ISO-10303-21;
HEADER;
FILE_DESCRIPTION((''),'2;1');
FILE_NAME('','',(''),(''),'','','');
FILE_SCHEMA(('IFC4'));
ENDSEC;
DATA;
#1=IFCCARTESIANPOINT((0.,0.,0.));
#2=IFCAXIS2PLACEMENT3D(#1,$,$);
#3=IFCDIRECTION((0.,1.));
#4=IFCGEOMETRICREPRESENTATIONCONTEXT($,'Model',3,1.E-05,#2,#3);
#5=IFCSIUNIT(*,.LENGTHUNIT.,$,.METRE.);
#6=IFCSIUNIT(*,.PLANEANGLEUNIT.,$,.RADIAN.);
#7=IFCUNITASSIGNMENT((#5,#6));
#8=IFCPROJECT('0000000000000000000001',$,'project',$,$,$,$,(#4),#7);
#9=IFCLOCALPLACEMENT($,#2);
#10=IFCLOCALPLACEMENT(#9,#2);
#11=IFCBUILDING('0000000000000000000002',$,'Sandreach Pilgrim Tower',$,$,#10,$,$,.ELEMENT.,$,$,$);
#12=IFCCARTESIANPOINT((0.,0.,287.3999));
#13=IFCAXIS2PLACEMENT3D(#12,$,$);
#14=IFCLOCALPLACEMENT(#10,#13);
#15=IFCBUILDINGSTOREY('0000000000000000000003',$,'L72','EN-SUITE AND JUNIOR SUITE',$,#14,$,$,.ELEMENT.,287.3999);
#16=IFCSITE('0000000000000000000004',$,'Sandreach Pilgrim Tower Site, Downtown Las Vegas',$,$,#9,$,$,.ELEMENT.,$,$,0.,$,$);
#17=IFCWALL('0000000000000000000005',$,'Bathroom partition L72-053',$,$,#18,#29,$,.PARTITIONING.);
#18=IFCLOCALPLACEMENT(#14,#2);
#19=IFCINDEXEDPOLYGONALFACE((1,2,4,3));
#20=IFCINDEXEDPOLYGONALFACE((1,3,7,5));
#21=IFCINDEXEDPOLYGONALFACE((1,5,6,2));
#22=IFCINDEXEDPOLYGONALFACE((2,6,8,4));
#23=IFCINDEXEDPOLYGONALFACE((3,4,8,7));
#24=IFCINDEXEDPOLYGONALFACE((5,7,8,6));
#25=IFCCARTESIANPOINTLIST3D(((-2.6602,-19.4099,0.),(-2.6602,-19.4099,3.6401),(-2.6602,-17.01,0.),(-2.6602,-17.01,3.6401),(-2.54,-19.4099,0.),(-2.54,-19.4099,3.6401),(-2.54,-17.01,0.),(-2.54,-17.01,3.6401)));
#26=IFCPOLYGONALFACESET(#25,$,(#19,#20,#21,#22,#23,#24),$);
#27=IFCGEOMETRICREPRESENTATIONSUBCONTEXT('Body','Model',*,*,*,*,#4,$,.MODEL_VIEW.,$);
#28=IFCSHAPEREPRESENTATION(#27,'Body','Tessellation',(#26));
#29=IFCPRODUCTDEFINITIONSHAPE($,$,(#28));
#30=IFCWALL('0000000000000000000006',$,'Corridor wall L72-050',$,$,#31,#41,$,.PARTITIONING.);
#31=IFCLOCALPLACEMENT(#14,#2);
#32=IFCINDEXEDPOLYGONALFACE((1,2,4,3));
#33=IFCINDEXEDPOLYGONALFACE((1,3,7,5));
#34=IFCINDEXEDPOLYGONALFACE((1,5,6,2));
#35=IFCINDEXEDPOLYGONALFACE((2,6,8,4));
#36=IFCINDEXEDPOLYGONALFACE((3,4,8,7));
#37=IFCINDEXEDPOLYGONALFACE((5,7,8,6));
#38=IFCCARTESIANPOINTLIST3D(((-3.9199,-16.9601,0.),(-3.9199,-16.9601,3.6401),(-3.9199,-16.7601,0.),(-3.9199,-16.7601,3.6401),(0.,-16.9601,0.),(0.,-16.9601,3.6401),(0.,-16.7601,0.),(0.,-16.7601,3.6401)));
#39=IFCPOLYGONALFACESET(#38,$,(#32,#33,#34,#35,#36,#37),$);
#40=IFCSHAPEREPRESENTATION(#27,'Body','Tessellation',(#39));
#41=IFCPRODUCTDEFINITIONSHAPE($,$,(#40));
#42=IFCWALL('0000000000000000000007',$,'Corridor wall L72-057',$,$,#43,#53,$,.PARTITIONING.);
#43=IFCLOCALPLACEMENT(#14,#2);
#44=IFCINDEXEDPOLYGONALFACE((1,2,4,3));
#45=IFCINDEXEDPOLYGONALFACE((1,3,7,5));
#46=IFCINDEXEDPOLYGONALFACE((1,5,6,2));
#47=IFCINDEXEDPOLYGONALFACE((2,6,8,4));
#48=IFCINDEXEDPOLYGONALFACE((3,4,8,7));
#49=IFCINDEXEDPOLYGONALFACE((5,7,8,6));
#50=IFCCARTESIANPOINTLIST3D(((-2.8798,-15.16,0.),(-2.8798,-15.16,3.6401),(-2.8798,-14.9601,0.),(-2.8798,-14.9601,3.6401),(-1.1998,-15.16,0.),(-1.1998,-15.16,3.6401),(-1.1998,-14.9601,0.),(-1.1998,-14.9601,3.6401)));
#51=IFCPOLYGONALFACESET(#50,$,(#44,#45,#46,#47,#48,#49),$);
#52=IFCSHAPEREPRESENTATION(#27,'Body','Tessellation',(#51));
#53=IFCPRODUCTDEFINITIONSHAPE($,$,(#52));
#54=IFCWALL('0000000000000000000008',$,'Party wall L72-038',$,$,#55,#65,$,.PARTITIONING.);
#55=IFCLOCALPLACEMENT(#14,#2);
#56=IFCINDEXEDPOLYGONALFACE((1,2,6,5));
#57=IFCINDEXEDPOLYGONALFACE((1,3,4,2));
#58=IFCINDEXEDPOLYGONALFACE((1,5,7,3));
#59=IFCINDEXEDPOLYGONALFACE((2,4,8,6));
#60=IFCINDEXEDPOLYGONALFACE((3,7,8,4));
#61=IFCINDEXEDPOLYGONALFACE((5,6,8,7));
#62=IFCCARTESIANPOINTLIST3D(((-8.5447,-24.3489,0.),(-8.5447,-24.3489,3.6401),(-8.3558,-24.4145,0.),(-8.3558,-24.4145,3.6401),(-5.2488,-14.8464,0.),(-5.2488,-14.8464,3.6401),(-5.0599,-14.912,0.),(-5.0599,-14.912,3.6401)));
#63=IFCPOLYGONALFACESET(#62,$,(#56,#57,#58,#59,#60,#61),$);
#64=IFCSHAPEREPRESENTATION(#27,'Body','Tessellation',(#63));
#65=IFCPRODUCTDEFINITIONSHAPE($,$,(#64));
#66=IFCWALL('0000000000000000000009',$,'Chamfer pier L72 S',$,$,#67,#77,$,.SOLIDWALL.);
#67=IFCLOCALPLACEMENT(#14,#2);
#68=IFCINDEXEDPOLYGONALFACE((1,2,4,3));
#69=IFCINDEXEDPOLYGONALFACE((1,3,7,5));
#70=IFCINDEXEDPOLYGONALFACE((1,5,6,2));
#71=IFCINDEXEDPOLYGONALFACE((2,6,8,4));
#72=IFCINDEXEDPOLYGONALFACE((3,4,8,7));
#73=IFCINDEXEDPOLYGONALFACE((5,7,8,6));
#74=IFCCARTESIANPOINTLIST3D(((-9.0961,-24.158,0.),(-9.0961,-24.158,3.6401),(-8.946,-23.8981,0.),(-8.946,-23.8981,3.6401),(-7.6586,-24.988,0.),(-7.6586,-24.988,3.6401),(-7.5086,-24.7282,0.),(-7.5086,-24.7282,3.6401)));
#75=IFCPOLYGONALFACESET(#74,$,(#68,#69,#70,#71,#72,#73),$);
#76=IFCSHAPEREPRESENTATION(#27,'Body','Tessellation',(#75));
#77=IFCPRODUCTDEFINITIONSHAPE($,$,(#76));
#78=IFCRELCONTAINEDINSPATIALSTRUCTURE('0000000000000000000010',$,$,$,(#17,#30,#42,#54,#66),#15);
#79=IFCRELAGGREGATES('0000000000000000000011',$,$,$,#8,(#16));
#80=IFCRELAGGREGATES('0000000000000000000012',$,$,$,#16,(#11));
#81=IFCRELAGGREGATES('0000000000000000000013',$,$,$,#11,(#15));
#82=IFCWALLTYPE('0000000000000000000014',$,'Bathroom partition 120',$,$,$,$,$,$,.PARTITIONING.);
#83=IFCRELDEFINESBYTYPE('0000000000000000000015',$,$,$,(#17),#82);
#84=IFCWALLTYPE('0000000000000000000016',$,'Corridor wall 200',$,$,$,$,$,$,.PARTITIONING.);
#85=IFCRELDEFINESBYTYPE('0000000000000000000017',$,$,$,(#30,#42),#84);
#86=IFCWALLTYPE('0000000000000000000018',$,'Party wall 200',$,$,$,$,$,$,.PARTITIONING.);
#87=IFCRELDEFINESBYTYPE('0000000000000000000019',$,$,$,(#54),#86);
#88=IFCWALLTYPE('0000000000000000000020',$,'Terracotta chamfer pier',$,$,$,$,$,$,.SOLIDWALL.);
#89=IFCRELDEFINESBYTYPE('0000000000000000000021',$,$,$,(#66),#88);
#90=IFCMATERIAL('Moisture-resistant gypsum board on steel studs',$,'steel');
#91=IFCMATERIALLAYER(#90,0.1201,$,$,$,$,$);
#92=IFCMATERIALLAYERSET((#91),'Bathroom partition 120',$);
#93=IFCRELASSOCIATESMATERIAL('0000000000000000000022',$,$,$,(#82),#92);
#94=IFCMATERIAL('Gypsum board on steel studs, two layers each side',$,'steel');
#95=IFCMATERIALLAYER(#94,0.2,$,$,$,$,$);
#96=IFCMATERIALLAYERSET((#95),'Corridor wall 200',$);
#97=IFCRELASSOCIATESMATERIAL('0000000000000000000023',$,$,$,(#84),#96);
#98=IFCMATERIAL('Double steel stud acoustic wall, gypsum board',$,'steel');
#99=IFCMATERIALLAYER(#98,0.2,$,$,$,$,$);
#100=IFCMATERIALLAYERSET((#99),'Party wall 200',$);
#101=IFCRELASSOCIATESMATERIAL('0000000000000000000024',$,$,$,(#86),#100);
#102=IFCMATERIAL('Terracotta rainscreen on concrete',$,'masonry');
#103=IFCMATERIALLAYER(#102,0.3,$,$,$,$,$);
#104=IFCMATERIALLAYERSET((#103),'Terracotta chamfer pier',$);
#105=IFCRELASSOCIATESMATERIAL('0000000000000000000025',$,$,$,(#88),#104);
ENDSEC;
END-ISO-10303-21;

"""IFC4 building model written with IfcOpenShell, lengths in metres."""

from ifc_helpers import new_model, si_unit, direction, frame, frame_2d, origin, place, context, subcontext, project, spatial, rectangle, extrude, material, layer, layer_set, type_object, element, save


model = new_model("IFC4")

# Units and contexts
model_context = context("Model", 3, precision=1e-05, world=origin(), true_north=direction((0.0, 1.0)))
body_context = subcontext(model_context, "Body", "Model", "MODEL_VIEW")
ifc_project = project(units=[si_unit("LENGTHUNIT", "METRE"), si_unit("PLANEANGLEUNIT", "RADIAN")], contexts=[model_context])

# Site, building, storey
site_placement = place(None, origin())
site = spatial("IfcSite", under=ifc_project, at=site_placement, Name="Sandreach Pilgrim Tower Site, Downtown Las Vegas", CompositionType="ELEMENT", RefElevation=0.0)
building_placement = place(site_placement, origin())
building = spatial("IfcBuilding", under=site, at=building_placement, Name="Sandreach Pilgrim Tower", CompositionType="ELEMENT")
storey_placement = place(building_placement, frame((0.0, 0.0, 287.3999)))
storey = spatial("IfcBuildingStorey", under=building, at=storey_placement, Name="L72", Description="EN-SUITE AND JUNIOR SUITE", CompositionType="ELEMENT", Elevation=287.3999)

# Shared definitions
ifc_material_1 = material(Name="Moisture-resistant gypsum board on steel studs", Category="steel")
ifc_layer_1 = layer(ifc_material_1, 0.1201)
ifc_layer_set_1 = layer_set([ifc_layer_1], Name="Bathroom partition 120")
wall_type_1 = type_object("IfcWallType", Name="Bathroom partition 120", PredefinedType="PARTITIONING", material=ifc_layer_set_1)

# Wall
wall_1_placement = place(storey_placement, frame((-2.6001, -17.01, 0.0), z_axis=(0.0, 0.0, 1.0), x_axis=(0.0, -1.0, 0.0)))
element("IfcWall", 1, at=wall_1_placement, inside=storey, type_object=wall_type_1, Name="Bathroom partition L72-053", PredefinedType="PARTITIONING", context=body_context, shape_type="SweptSolid", body=[
    extrude(rectangle(XDim=2.3999, YDim=0.1201, at=frame_2d((1.2, 0.0))), origin(), (0.0, 0.0, 1.0), 3.6401),
])

# Shared definitions
ifc_material_2 = material(Name="Gypsum board on steel studs, two layers each side", Category="steel")
ifc_layer_2 = layer(ifc_material_2, 0.2)
ifc_layer_set_2 = layer_set([ifc_layer_2], Name="Corridor wall 200")
wall_type_2 = type_object("IfcWallType", Name="Corridor wall 200", PredefinedType="PARTITIONING", material=ifc_layer_set_2)

# Wall
wall_2_placement = place(storey_placement, frame((-3.9199, -16.8601, 0.0), z_axis=(0.0, 0.0, 1.0), x_axis=(1.0, 0.0, 0.0)))
element("IfcWall", 2, at=wall_2_placement, inside=storey, type_object=wall_type_2, Name="Corridor wall L72-050", PredefinedType="PARTITIONING", context=body_context, shape_type="SweptSolid", body=[
    extrude(rectangle(XDim=3.9199, YDim=0.2, at=frame_2d((1.96, 0.0))), origin(), (0.0, 0.0, 1.0), 3.6401),
])

# Walls
wall_3_placement = place(storey_placement, frame((-1.2, -15.0601, 0.0), z_axis=(0.0, 0.0, 1.0), x_axis=(-1.0, 0.0, 0.0)))
element("IfcWall", 3, at=wall_3_placement, inside=storey, type_object=wall_type_2, Name="Corridor wall L72-057", PredefinedType="PARTITIONING", context=body_context, shape_type="SweptSolid", body=[
    extrude(rectangle(XDim=1.6799, YDim=0.2, at=frame_2d((0.8398, 0.0))), origin(), (0.0, 0.0, 1.0), 3.6401),
])
ifc_material_3 = material(Name="Double steel stud acoustic wall, gypsum board", Category="steel")
ifc_layer_3 = layer(ifc_material_3, 0.2)
ifc_layer_set_3 = layer_set([ifc_layer_3], Name="Party wall 200")
wall_type_3 = type_object("IfcWallType", Name="Party wall 200", PredefinedType="PARTITIONING", material=ifc_layer_set_3)
wall_4_placement = place(storey_placement, frame((-8.4502, -24.3816, 0.0), z_axis=(0.0, 0.0, 1.0), x_axis=(0.327696, 0.944783, 0.0)))
element("IfcWall", 4, at=wall_4_placement, inside=storey, type_object=wall_type_3, Name="Party wall L72-038", PredefinedType="PARTITIONING", context=body_context, shape_type="SweptSolid", body=[
    extrude(rectangle(XDim=10.0579, YDim=0.2, at=frame_2d((5.0288, 0.0))), origin(), (0.0, 0.0, 1.0), 3.6401),
])
ifc_material_4 = material(Name="Terracotta rainscreen on concrete", Category="masonry")
ifc_layer_4 = layer(ifc_material_4, 0.3)
ifc_layer_set_4 = layer_set([ifc_layer_4], Name="Terracotta chamfer pier")
wall_type_4 = type_object("IfcWallType", Name="Terracotta chamfer pier", PredefinedType="SOLIDWALL", material=ifc_layer_set_4)
wall_5_placement = place(storey_placement, frame((-7.5835, -24.8582, 0.0), z_axis=(0.0, 0.0, 1.0), x_axis=(-0.86599, 0.500062, 0.0)))
element("IfcWall", 5, at=wall_5_placement, inside=storey, type_object=wall_type_4, Name="Chamfer pier L72 S", PredefinedType="SOLIDWALL", context=body_context, shape_type="SweptSolid", body=[
    extrude(rectangle(XDim=1.6599, YDim=0.3, at=frame_2d((0.8301, 0.0))), origin(), (0.0, 0.0, 1.0), 3.6401),
])

save(model, "model.ifc")
